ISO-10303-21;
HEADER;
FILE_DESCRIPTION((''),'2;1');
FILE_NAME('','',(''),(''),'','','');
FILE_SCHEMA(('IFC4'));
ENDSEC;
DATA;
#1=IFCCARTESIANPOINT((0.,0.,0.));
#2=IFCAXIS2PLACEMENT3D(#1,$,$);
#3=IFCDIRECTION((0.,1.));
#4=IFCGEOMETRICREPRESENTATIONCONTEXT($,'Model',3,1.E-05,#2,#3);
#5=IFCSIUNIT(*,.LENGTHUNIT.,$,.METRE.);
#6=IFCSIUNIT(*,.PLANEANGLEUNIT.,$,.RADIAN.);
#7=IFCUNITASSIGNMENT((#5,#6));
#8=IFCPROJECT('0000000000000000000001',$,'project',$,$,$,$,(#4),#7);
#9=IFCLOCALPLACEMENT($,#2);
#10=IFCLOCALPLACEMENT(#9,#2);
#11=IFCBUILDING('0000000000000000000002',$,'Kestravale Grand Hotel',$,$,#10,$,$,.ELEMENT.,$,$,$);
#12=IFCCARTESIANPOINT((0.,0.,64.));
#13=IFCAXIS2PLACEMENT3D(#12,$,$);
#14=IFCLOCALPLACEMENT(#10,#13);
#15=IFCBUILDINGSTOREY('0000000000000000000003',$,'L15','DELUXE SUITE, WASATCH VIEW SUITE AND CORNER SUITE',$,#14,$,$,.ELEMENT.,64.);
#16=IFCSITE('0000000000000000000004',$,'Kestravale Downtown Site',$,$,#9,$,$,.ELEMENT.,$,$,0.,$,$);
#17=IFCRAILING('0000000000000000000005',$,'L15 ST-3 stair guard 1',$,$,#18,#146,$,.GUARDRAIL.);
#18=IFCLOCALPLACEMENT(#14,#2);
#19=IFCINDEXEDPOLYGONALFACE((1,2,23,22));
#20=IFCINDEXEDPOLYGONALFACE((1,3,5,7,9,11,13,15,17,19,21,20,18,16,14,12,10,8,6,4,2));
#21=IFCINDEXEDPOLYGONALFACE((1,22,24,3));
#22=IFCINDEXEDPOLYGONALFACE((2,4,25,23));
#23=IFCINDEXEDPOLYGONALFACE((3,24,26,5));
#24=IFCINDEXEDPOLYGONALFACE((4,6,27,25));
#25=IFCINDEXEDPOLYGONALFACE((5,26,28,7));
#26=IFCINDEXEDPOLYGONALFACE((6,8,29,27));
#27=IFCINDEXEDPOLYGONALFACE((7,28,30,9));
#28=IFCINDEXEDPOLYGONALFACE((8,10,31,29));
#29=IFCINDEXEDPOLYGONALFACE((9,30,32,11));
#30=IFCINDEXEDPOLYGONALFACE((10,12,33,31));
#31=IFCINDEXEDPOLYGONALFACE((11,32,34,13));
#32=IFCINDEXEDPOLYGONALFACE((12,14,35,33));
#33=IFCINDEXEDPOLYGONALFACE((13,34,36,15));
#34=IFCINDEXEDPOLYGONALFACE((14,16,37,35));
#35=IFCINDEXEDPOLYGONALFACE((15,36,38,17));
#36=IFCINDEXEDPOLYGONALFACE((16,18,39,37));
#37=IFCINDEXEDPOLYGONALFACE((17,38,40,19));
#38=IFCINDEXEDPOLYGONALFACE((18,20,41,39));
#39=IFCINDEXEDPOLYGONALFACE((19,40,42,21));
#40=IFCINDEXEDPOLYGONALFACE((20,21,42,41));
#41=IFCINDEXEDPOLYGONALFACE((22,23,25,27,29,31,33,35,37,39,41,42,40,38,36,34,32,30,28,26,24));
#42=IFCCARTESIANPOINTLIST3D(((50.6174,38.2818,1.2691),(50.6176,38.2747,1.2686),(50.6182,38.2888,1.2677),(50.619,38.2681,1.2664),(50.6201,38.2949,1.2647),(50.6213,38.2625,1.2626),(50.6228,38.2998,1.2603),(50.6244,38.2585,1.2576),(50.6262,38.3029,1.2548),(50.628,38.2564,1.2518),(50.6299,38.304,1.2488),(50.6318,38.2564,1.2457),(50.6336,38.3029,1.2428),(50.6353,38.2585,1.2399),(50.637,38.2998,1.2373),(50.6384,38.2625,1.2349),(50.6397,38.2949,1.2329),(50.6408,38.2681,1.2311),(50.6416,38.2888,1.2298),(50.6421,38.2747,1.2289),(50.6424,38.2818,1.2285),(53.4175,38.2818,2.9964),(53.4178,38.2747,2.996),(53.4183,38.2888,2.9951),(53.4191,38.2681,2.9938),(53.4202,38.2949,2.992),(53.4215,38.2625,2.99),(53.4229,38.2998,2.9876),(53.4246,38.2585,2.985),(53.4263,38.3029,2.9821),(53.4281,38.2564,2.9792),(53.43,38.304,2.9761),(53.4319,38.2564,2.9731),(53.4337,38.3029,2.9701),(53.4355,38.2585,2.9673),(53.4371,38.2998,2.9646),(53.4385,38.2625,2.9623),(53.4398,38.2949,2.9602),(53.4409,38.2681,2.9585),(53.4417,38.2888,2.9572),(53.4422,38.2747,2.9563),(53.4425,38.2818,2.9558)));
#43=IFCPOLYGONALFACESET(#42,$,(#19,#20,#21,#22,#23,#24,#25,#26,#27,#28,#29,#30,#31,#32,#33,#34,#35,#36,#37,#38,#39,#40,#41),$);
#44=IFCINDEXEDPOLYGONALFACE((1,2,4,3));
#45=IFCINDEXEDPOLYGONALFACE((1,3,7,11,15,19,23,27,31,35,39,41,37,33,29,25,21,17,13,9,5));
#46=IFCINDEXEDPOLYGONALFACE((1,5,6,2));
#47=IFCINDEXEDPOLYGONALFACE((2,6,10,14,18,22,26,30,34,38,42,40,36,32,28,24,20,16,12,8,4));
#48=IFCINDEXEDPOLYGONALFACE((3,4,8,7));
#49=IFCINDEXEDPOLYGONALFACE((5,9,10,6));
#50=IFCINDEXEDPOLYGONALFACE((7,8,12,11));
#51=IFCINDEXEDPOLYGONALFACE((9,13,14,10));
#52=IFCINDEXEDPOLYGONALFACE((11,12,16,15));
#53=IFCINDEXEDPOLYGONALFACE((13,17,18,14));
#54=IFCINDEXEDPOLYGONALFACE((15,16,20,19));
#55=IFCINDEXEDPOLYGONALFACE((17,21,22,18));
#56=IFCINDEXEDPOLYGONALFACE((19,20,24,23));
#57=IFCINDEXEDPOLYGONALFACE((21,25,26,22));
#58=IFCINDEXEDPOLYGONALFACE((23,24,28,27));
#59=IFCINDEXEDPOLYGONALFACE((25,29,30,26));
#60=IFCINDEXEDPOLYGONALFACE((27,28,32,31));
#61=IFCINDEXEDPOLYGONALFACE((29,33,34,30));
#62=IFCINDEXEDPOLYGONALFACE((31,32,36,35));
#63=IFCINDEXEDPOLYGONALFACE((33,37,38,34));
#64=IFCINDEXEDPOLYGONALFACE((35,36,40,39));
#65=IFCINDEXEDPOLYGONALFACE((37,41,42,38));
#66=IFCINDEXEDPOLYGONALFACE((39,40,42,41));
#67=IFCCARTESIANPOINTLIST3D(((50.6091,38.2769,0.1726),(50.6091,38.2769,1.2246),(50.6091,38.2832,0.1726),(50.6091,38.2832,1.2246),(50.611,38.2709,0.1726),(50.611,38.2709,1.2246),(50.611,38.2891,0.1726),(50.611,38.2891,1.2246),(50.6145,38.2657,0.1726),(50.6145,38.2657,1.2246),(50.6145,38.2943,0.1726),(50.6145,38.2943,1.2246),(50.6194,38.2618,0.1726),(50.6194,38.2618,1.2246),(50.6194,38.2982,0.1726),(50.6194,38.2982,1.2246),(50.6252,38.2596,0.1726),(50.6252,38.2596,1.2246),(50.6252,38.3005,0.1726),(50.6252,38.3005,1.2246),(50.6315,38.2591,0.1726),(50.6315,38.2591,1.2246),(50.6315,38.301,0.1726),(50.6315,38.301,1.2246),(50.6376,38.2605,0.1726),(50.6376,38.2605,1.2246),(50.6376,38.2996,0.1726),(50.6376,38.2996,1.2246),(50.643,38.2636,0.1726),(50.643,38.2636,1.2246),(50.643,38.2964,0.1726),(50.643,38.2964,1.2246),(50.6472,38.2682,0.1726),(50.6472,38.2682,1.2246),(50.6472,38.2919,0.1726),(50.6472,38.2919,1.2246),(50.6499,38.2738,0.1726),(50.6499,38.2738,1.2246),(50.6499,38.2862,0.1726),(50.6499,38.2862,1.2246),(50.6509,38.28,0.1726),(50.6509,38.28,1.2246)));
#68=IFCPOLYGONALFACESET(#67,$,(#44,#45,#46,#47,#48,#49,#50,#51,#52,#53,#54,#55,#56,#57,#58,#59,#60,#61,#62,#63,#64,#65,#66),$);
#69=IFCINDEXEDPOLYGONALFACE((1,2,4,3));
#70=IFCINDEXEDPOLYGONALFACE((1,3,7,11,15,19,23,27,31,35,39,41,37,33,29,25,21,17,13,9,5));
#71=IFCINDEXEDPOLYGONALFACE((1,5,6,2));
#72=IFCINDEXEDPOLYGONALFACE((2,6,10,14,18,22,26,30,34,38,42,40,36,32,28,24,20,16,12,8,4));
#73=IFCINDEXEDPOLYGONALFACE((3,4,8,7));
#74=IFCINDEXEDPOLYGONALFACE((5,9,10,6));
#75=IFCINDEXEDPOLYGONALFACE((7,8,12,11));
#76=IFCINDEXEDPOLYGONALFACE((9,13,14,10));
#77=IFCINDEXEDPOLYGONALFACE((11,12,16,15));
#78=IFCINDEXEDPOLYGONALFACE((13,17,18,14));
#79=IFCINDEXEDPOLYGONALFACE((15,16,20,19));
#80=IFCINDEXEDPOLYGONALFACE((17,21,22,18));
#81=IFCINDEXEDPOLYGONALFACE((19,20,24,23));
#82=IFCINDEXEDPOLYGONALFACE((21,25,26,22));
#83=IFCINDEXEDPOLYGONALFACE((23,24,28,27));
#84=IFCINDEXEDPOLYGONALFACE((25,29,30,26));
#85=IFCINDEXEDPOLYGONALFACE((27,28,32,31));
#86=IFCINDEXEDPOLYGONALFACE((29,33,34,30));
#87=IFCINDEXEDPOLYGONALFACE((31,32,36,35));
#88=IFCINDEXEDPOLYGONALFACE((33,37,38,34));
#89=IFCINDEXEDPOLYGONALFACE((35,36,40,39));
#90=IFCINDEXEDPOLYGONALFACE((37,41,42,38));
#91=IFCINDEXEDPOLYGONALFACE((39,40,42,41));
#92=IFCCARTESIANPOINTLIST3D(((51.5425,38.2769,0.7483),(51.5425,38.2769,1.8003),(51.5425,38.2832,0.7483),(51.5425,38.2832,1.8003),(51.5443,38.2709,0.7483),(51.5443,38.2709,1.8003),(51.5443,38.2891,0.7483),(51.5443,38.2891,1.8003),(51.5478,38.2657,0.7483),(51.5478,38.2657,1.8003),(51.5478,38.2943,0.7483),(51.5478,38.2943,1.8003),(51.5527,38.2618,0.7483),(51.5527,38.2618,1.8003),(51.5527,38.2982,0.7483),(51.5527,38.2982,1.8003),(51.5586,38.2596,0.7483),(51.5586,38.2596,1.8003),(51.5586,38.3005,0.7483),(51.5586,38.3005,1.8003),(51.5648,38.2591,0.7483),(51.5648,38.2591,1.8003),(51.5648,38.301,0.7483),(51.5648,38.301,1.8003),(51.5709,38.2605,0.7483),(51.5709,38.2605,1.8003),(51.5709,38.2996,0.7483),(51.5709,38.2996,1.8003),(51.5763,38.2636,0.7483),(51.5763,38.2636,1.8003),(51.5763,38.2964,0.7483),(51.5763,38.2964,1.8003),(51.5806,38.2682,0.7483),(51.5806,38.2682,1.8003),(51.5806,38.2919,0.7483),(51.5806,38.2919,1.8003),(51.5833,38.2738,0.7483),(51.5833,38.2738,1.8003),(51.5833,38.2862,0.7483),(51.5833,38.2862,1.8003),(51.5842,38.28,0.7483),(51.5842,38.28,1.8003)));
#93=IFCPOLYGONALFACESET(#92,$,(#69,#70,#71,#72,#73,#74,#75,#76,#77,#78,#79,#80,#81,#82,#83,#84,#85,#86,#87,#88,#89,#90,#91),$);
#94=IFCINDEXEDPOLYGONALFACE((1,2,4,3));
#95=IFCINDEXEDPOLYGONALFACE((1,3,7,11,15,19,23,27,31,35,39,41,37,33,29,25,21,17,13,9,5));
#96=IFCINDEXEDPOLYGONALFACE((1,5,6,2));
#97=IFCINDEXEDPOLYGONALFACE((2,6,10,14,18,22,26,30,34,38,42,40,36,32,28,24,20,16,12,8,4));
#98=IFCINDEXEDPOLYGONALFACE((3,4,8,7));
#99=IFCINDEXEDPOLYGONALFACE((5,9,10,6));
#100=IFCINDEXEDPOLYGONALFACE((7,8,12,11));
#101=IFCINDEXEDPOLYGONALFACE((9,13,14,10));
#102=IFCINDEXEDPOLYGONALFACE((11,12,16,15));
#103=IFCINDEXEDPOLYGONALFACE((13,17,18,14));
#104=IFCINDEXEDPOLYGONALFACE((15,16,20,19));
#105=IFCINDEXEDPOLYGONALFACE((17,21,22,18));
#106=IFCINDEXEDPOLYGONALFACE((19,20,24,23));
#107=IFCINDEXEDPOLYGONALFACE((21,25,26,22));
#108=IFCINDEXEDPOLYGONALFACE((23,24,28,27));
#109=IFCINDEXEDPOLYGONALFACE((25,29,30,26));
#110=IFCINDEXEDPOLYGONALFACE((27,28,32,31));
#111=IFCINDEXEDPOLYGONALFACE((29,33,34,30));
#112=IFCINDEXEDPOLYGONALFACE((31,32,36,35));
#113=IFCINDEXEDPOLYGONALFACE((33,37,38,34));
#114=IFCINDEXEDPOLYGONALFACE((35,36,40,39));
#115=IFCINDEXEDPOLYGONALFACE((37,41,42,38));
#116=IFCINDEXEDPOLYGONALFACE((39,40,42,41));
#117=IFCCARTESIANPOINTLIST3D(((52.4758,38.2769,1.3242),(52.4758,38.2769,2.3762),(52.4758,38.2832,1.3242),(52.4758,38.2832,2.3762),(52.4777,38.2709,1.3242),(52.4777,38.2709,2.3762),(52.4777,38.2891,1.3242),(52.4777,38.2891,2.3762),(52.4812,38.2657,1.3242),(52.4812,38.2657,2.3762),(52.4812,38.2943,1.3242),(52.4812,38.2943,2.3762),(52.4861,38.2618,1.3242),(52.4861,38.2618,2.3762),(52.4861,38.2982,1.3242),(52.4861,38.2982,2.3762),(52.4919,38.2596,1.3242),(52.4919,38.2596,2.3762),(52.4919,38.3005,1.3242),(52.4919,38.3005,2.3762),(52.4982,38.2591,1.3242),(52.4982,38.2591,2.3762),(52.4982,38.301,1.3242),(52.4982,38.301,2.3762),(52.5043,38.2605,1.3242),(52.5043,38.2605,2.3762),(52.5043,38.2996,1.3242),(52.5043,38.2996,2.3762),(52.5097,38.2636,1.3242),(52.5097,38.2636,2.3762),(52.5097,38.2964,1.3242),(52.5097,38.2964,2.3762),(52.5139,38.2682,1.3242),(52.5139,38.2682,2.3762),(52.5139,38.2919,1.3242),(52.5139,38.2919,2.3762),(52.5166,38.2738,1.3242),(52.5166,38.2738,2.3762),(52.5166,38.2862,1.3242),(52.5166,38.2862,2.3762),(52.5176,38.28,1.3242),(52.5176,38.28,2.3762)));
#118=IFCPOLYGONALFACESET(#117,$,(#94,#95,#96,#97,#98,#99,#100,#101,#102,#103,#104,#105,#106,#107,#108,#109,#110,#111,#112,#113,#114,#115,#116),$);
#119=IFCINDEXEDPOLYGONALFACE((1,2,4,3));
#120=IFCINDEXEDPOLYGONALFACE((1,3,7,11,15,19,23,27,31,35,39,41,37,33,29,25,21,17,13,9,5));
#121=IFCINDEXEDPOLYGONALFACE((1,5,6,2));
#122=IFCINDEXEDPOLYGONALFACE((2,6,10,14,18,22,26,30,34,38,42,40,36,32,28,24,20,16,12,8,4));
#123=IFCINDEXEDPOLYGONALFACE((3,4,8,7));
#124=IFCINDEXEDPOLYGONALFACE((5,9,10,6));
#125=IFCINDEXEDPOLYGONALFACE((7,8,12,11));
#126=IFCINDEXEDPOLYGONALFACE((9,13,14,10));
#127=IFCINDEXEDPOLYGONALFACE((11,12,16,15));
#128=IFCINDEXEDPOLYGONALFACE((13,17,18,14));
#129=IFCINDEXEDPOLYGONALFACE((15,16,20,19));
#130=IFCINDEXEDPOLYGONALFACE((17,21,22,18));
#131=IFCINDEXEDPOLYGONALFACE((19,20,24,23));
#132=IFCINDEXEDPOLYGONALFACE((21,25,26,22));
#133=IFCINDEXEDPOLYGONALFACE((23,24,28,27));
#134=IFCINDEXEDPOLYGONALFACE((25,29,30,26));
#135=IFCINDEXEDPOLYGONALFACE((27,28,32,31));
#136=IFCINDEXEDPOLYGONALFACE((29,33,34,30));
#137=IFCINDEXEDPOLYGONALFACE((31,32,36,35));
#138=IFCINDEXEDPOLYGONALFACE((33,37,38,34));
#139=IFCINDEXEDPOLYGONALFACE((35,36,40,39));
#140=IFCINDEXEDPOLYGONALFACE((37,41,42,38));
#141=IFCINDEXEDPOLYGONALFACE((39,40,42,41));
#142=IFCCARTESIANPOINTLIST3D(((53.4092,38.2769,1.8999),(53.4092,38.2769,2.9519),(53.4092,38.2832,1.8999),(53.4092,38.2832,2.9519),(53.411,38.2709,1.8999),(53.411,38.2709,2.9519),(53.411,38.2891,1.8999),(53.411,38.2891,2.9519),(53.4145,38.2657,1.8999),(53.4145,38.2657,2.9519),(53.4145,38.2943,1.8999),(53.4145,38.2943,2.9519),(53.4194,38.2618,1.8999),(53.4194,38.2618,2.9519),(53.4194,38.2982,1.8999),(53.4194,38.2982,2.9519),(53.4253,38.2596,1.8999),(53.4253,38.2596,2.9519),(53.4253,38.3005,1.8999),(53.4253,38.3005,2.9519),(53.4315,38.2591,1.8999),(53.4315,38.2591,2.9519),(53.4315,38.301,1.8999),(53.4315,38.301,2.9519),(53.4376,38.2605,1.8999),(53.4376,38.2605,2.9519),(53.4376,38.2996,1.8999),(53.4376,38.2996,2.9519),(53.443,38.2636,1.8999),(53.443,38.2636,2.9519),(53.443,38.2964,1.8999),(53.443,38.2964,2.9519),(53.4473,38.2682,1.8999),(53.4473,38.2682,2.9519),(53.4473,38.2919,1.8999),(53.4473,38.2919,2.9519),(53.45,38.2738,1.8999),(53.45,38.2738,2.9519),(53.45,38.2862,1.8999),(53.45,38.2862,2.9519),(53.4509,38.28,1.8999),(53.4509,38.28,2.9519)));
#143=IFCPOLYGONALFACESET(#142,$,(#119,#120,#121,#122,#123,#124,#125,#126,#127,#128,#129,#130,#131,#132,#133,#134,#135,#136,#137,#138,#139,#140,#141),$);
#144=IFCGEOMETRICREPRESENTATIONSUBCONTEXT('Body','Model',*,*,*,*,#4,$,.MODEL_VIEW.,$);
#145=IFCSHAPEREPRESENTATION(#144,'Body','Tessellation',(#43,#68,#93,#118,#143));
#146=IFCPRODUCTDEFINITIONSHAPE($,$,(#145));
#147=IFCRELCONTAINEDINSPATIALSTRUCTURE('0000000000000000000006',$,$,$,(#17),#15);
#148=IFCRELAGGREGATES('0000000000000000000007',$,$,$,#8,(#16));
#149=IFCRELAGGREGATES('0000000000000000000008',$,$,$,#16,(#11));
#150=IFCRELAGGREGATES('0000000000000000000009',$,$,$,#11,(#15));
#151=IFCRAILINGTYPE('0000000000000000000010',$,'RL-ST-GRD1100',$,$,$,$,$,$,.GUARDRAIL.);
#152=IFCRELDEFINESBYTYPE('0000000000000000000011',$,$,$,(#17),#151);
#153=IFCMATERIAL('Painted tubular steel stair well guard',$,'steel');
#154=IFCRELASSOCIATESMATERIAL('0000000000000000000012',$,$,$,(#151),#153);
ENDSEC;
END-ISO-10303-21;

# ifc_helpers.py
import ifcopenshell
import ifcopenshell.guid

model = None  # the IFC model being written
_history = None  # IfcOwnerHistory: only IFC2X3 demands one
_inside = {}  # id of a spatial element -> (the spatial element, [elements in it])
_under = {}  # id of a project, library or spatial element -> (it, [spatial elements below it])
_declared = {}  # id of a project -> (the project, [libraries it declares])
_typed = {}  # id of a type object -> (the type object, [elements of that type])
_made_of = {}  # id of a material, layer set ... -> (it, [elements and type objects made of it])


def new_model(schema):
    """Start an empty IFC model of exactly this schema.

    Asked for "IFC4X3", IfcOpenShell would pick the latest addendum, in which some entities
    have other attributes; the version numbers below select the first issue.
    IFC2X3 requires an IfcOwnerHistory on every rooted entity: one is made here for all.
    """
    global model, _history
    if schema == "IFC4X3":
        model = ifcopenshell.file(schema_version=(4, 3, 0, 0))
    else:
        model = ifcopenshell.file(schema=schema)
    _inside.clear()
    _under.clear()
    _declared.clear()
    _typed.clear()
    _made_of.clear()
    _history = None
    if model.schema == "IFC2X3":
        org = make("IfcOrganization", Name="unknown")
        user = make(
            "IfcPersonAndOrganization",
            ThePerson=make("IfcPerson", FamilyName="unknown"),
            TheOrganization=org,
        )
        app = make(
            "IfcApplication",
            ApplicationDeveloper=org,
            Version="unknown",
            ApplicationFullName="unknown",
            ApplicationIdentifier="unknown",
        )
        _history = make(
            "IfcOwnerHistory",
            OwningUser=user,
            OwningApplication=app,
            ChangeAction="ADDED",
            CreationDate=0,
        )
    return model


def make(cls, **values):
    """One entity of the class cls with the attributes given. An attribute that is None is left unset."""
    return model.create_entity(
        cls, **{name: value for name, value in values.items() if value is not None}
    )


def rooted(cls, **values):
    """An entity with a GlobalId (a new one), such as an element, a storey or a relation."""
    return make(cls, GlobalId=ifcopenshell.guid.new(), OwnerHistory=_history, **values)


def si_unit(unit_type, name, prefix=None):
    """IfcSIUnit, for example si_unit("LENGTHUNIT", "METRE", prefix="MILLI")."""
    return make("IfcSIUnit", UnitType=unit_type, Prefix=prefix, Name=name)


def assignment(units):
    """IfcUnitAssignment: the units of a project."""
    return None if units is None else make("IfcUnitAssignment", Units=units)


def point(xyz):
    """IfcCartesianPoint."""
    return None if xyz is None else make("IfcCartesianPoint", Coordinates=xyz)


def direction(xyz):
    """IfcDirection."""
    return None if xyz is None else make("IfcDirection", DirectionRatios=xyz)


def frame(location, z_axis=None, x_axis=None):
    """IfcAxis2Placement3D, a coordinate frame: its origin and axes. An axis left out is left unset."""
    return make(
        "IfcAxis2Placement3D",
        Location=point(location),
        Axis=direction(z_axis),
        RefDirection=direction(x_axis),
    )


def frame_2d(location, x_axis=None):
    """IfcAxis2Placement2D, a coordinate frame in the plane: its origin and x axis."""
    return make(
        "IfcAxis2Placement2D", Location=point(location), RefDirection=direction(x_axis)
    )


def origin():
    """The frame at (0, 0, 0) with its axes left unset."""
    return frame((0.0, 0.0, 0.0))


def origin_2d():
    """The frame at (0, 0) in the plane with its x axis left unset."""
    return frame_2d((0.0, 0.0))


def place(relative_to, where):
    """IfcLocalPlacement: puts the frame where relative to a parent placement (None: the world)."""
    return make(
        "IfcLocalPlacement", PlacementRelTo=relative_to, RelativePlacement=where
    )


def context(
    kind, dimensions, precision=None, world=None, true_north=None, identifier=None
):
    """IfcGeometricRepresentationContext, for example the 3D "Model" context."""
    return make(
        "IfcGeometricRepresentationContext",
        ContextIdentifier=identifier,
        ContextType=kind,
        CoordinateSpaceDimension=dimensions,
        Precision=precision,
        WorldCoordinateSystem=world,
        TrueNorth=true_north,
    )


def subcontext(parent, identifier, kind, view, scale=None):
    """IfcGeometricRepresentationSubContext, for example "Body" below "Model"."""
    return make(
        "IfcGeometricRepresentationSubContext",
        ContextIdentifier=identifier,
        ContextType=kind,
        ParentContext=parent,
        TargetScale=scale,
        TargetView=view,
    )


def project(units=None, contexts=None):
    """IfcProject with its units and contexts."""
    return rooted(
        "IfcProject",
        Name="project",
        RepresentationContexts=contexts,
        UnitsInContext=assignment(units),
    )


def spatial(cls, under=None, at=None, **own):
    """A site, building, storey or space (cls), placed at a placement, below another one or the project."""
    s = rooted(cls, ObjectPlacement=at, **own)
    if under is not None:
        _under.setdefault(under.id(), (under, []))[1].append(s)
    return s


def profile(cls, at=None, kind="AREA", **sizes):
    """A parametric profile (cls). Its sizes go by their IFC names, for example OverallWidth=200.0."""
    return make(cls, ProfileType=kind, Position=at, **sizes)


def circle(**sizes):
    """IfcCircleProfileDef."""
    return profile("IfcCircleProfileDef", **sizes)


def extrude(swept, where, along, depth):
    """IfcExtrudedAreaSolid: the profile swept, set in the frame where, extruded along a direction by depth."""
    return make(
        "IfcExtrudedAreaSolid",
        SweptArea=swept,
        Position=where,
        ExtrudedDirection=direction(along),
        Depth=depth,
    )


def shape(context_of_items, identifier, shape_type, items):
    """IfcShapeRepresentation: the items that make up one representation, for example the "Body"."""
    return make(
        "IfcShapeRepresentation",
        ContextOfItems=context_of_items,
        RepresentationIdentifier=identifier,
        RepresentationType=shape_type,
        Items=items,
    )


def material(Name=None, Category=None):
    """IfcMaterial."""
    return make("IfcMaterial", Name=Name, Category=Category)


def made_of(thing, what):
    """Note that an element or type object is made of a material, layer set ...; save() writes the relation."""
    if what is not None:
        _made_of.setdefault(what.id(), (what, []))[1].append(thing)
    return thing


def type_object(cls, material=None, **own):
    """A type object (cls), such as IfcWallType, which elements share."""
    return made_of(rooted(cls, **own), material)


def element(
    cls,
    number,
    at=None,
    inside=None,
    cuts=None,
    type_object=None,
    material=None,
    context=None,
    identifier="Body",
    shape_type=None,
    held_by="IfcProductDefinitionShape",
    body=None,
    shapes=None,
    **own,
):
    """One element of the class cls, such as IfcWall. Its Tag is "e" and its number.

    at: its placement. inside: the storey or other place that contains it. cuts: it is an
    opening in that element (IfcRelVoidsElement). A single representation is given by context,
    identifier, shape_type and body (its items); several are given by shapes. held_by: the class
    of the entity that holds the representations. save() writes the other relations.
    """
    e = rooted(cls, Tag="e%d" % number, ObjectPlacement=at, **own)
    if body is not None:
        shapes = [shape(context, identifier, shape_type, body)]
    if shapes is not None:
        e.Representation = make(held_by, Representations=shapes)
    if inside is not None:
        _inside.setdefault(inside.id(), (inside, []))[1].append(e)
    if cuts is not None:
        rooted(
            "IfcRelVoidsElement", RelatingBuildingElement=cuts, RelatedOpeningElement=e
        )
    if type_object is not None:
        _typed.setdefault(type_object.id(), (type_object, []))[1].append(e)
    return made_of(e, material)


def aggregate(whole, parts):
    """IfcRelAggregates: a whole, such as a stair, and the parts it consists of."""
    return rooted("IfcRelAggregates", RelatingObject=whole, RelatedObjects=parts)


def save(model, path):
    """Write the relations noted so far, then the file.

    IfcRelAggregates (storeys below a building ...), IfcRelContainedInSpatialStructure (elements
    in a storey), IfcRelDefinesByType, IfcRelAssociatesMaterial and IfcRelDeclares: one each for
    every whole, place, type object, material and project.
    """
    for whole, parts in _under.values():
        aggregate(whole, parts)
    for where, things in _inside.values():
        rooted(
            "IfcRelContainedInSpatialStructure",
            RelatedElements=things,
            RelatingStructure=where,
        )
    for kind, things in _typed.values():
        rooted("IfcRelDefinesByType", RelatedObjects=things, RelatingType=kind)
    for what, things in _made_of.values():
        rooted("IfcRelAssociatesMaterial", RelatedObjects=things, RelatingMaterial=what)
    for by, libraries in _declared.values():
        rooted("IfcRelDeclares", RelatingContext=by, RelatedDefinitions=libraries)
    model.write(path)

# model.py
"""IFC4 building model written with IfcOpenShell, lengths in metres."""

from ifc_helpers import new_model, si_unit, direction, frame, origin, origin_2d, place, context, subcontext, project, spatial, circle, extrude, material, type_object, element, save


model = new_model("IFC4")

# Units and contexts
model_context = context("Model", 3, precision=1e-05, world=origin(), true_north=direction((0.0, 1.0)))
body_context = subcontext(model_context, "Body", "Model", "MODEL_VIEW")
ifc_project = project(units=[si_unit("LENGTHUNIT", "METRE"), si_unit("PLANEANGLEUNIT", "RADIAN")], contexts=[model_context])

# Site, building, storey
site_placement = place(None, origin())
site = spatial("IfcSite", under=ifc_project, at=site_placement, Name="Kestravale Downtown Site", CompositionType="ELEMENT", RefElevation=0.0)
building_placement = place(site_placement, origin())
building = spatial("IfcBuilding", under=site, at=building_placement, Name="Kestravale Grand Hotel", CompositionType="ELEMENT")
storey_placement = place(building_placement, frame((0.0, 0.0, 64.0)))
storey = spatial("IfcBuildingStorey", under=building, at=storey_placement, Name="L15", Description="DELUXE SUITE, WASATCH VIEW SUITE AND CORNER SUITE", CompositionType="ELEMENT", Elevation=64.0)

# Railing
ifc_material_1 = material(Name="Painted tubular steel stair well guard", Category="steel")
railing_type_1 = type_object("IfcRailingType", Name="RL-ST-GRD1100", PredefinedType="GUARDRAIL", material=ifc_material_1)
railing_1_placement = place(storey_placement, frame((50.6299, 38.28, 0.1726)))
element("IfcRailing", 1, at=railing_1_placement, inside=storey, type_object=railing_type_1, Name="L15 ST-3 stair guard 1", PredefinedType="GUARDRAIL", context=body_context, shape_type="SweptSolid", body=[
    extrude(circle(Radius=0.0239, at=origin_2d()), frame((0.0, 0.0, 1.0762), z_axis=(0.85109, 0.0, 0.52502), x_axis=(0.0, 1.0, 0.0)), (0.0, 0.0, 1.0), 3.29),
    extrude(circle(Radius=0.021, at=origin_2d()), origin(), (0.0, 0.0, 1.0), 1.052),
    extrude(circle(Radius=0.021, at=origin_2d()), frame((0.9333, 0.0, 0.5757)), (0.0, 0.0, 1.0), 1.052),
    extrude(circle(Radius=0.021, at=origin_2d()), frame((1.8667, 0.0, 1.1516)), (0.0, 0.0, 1.0), 1.052),
    extrude(circle(Radius=0.021, at=origin_2d()), frame((2.8, 0.0, 1.7273)), (0.0, 0.0, 1.0), 1.052),
])

save(model, "model.ifc")
